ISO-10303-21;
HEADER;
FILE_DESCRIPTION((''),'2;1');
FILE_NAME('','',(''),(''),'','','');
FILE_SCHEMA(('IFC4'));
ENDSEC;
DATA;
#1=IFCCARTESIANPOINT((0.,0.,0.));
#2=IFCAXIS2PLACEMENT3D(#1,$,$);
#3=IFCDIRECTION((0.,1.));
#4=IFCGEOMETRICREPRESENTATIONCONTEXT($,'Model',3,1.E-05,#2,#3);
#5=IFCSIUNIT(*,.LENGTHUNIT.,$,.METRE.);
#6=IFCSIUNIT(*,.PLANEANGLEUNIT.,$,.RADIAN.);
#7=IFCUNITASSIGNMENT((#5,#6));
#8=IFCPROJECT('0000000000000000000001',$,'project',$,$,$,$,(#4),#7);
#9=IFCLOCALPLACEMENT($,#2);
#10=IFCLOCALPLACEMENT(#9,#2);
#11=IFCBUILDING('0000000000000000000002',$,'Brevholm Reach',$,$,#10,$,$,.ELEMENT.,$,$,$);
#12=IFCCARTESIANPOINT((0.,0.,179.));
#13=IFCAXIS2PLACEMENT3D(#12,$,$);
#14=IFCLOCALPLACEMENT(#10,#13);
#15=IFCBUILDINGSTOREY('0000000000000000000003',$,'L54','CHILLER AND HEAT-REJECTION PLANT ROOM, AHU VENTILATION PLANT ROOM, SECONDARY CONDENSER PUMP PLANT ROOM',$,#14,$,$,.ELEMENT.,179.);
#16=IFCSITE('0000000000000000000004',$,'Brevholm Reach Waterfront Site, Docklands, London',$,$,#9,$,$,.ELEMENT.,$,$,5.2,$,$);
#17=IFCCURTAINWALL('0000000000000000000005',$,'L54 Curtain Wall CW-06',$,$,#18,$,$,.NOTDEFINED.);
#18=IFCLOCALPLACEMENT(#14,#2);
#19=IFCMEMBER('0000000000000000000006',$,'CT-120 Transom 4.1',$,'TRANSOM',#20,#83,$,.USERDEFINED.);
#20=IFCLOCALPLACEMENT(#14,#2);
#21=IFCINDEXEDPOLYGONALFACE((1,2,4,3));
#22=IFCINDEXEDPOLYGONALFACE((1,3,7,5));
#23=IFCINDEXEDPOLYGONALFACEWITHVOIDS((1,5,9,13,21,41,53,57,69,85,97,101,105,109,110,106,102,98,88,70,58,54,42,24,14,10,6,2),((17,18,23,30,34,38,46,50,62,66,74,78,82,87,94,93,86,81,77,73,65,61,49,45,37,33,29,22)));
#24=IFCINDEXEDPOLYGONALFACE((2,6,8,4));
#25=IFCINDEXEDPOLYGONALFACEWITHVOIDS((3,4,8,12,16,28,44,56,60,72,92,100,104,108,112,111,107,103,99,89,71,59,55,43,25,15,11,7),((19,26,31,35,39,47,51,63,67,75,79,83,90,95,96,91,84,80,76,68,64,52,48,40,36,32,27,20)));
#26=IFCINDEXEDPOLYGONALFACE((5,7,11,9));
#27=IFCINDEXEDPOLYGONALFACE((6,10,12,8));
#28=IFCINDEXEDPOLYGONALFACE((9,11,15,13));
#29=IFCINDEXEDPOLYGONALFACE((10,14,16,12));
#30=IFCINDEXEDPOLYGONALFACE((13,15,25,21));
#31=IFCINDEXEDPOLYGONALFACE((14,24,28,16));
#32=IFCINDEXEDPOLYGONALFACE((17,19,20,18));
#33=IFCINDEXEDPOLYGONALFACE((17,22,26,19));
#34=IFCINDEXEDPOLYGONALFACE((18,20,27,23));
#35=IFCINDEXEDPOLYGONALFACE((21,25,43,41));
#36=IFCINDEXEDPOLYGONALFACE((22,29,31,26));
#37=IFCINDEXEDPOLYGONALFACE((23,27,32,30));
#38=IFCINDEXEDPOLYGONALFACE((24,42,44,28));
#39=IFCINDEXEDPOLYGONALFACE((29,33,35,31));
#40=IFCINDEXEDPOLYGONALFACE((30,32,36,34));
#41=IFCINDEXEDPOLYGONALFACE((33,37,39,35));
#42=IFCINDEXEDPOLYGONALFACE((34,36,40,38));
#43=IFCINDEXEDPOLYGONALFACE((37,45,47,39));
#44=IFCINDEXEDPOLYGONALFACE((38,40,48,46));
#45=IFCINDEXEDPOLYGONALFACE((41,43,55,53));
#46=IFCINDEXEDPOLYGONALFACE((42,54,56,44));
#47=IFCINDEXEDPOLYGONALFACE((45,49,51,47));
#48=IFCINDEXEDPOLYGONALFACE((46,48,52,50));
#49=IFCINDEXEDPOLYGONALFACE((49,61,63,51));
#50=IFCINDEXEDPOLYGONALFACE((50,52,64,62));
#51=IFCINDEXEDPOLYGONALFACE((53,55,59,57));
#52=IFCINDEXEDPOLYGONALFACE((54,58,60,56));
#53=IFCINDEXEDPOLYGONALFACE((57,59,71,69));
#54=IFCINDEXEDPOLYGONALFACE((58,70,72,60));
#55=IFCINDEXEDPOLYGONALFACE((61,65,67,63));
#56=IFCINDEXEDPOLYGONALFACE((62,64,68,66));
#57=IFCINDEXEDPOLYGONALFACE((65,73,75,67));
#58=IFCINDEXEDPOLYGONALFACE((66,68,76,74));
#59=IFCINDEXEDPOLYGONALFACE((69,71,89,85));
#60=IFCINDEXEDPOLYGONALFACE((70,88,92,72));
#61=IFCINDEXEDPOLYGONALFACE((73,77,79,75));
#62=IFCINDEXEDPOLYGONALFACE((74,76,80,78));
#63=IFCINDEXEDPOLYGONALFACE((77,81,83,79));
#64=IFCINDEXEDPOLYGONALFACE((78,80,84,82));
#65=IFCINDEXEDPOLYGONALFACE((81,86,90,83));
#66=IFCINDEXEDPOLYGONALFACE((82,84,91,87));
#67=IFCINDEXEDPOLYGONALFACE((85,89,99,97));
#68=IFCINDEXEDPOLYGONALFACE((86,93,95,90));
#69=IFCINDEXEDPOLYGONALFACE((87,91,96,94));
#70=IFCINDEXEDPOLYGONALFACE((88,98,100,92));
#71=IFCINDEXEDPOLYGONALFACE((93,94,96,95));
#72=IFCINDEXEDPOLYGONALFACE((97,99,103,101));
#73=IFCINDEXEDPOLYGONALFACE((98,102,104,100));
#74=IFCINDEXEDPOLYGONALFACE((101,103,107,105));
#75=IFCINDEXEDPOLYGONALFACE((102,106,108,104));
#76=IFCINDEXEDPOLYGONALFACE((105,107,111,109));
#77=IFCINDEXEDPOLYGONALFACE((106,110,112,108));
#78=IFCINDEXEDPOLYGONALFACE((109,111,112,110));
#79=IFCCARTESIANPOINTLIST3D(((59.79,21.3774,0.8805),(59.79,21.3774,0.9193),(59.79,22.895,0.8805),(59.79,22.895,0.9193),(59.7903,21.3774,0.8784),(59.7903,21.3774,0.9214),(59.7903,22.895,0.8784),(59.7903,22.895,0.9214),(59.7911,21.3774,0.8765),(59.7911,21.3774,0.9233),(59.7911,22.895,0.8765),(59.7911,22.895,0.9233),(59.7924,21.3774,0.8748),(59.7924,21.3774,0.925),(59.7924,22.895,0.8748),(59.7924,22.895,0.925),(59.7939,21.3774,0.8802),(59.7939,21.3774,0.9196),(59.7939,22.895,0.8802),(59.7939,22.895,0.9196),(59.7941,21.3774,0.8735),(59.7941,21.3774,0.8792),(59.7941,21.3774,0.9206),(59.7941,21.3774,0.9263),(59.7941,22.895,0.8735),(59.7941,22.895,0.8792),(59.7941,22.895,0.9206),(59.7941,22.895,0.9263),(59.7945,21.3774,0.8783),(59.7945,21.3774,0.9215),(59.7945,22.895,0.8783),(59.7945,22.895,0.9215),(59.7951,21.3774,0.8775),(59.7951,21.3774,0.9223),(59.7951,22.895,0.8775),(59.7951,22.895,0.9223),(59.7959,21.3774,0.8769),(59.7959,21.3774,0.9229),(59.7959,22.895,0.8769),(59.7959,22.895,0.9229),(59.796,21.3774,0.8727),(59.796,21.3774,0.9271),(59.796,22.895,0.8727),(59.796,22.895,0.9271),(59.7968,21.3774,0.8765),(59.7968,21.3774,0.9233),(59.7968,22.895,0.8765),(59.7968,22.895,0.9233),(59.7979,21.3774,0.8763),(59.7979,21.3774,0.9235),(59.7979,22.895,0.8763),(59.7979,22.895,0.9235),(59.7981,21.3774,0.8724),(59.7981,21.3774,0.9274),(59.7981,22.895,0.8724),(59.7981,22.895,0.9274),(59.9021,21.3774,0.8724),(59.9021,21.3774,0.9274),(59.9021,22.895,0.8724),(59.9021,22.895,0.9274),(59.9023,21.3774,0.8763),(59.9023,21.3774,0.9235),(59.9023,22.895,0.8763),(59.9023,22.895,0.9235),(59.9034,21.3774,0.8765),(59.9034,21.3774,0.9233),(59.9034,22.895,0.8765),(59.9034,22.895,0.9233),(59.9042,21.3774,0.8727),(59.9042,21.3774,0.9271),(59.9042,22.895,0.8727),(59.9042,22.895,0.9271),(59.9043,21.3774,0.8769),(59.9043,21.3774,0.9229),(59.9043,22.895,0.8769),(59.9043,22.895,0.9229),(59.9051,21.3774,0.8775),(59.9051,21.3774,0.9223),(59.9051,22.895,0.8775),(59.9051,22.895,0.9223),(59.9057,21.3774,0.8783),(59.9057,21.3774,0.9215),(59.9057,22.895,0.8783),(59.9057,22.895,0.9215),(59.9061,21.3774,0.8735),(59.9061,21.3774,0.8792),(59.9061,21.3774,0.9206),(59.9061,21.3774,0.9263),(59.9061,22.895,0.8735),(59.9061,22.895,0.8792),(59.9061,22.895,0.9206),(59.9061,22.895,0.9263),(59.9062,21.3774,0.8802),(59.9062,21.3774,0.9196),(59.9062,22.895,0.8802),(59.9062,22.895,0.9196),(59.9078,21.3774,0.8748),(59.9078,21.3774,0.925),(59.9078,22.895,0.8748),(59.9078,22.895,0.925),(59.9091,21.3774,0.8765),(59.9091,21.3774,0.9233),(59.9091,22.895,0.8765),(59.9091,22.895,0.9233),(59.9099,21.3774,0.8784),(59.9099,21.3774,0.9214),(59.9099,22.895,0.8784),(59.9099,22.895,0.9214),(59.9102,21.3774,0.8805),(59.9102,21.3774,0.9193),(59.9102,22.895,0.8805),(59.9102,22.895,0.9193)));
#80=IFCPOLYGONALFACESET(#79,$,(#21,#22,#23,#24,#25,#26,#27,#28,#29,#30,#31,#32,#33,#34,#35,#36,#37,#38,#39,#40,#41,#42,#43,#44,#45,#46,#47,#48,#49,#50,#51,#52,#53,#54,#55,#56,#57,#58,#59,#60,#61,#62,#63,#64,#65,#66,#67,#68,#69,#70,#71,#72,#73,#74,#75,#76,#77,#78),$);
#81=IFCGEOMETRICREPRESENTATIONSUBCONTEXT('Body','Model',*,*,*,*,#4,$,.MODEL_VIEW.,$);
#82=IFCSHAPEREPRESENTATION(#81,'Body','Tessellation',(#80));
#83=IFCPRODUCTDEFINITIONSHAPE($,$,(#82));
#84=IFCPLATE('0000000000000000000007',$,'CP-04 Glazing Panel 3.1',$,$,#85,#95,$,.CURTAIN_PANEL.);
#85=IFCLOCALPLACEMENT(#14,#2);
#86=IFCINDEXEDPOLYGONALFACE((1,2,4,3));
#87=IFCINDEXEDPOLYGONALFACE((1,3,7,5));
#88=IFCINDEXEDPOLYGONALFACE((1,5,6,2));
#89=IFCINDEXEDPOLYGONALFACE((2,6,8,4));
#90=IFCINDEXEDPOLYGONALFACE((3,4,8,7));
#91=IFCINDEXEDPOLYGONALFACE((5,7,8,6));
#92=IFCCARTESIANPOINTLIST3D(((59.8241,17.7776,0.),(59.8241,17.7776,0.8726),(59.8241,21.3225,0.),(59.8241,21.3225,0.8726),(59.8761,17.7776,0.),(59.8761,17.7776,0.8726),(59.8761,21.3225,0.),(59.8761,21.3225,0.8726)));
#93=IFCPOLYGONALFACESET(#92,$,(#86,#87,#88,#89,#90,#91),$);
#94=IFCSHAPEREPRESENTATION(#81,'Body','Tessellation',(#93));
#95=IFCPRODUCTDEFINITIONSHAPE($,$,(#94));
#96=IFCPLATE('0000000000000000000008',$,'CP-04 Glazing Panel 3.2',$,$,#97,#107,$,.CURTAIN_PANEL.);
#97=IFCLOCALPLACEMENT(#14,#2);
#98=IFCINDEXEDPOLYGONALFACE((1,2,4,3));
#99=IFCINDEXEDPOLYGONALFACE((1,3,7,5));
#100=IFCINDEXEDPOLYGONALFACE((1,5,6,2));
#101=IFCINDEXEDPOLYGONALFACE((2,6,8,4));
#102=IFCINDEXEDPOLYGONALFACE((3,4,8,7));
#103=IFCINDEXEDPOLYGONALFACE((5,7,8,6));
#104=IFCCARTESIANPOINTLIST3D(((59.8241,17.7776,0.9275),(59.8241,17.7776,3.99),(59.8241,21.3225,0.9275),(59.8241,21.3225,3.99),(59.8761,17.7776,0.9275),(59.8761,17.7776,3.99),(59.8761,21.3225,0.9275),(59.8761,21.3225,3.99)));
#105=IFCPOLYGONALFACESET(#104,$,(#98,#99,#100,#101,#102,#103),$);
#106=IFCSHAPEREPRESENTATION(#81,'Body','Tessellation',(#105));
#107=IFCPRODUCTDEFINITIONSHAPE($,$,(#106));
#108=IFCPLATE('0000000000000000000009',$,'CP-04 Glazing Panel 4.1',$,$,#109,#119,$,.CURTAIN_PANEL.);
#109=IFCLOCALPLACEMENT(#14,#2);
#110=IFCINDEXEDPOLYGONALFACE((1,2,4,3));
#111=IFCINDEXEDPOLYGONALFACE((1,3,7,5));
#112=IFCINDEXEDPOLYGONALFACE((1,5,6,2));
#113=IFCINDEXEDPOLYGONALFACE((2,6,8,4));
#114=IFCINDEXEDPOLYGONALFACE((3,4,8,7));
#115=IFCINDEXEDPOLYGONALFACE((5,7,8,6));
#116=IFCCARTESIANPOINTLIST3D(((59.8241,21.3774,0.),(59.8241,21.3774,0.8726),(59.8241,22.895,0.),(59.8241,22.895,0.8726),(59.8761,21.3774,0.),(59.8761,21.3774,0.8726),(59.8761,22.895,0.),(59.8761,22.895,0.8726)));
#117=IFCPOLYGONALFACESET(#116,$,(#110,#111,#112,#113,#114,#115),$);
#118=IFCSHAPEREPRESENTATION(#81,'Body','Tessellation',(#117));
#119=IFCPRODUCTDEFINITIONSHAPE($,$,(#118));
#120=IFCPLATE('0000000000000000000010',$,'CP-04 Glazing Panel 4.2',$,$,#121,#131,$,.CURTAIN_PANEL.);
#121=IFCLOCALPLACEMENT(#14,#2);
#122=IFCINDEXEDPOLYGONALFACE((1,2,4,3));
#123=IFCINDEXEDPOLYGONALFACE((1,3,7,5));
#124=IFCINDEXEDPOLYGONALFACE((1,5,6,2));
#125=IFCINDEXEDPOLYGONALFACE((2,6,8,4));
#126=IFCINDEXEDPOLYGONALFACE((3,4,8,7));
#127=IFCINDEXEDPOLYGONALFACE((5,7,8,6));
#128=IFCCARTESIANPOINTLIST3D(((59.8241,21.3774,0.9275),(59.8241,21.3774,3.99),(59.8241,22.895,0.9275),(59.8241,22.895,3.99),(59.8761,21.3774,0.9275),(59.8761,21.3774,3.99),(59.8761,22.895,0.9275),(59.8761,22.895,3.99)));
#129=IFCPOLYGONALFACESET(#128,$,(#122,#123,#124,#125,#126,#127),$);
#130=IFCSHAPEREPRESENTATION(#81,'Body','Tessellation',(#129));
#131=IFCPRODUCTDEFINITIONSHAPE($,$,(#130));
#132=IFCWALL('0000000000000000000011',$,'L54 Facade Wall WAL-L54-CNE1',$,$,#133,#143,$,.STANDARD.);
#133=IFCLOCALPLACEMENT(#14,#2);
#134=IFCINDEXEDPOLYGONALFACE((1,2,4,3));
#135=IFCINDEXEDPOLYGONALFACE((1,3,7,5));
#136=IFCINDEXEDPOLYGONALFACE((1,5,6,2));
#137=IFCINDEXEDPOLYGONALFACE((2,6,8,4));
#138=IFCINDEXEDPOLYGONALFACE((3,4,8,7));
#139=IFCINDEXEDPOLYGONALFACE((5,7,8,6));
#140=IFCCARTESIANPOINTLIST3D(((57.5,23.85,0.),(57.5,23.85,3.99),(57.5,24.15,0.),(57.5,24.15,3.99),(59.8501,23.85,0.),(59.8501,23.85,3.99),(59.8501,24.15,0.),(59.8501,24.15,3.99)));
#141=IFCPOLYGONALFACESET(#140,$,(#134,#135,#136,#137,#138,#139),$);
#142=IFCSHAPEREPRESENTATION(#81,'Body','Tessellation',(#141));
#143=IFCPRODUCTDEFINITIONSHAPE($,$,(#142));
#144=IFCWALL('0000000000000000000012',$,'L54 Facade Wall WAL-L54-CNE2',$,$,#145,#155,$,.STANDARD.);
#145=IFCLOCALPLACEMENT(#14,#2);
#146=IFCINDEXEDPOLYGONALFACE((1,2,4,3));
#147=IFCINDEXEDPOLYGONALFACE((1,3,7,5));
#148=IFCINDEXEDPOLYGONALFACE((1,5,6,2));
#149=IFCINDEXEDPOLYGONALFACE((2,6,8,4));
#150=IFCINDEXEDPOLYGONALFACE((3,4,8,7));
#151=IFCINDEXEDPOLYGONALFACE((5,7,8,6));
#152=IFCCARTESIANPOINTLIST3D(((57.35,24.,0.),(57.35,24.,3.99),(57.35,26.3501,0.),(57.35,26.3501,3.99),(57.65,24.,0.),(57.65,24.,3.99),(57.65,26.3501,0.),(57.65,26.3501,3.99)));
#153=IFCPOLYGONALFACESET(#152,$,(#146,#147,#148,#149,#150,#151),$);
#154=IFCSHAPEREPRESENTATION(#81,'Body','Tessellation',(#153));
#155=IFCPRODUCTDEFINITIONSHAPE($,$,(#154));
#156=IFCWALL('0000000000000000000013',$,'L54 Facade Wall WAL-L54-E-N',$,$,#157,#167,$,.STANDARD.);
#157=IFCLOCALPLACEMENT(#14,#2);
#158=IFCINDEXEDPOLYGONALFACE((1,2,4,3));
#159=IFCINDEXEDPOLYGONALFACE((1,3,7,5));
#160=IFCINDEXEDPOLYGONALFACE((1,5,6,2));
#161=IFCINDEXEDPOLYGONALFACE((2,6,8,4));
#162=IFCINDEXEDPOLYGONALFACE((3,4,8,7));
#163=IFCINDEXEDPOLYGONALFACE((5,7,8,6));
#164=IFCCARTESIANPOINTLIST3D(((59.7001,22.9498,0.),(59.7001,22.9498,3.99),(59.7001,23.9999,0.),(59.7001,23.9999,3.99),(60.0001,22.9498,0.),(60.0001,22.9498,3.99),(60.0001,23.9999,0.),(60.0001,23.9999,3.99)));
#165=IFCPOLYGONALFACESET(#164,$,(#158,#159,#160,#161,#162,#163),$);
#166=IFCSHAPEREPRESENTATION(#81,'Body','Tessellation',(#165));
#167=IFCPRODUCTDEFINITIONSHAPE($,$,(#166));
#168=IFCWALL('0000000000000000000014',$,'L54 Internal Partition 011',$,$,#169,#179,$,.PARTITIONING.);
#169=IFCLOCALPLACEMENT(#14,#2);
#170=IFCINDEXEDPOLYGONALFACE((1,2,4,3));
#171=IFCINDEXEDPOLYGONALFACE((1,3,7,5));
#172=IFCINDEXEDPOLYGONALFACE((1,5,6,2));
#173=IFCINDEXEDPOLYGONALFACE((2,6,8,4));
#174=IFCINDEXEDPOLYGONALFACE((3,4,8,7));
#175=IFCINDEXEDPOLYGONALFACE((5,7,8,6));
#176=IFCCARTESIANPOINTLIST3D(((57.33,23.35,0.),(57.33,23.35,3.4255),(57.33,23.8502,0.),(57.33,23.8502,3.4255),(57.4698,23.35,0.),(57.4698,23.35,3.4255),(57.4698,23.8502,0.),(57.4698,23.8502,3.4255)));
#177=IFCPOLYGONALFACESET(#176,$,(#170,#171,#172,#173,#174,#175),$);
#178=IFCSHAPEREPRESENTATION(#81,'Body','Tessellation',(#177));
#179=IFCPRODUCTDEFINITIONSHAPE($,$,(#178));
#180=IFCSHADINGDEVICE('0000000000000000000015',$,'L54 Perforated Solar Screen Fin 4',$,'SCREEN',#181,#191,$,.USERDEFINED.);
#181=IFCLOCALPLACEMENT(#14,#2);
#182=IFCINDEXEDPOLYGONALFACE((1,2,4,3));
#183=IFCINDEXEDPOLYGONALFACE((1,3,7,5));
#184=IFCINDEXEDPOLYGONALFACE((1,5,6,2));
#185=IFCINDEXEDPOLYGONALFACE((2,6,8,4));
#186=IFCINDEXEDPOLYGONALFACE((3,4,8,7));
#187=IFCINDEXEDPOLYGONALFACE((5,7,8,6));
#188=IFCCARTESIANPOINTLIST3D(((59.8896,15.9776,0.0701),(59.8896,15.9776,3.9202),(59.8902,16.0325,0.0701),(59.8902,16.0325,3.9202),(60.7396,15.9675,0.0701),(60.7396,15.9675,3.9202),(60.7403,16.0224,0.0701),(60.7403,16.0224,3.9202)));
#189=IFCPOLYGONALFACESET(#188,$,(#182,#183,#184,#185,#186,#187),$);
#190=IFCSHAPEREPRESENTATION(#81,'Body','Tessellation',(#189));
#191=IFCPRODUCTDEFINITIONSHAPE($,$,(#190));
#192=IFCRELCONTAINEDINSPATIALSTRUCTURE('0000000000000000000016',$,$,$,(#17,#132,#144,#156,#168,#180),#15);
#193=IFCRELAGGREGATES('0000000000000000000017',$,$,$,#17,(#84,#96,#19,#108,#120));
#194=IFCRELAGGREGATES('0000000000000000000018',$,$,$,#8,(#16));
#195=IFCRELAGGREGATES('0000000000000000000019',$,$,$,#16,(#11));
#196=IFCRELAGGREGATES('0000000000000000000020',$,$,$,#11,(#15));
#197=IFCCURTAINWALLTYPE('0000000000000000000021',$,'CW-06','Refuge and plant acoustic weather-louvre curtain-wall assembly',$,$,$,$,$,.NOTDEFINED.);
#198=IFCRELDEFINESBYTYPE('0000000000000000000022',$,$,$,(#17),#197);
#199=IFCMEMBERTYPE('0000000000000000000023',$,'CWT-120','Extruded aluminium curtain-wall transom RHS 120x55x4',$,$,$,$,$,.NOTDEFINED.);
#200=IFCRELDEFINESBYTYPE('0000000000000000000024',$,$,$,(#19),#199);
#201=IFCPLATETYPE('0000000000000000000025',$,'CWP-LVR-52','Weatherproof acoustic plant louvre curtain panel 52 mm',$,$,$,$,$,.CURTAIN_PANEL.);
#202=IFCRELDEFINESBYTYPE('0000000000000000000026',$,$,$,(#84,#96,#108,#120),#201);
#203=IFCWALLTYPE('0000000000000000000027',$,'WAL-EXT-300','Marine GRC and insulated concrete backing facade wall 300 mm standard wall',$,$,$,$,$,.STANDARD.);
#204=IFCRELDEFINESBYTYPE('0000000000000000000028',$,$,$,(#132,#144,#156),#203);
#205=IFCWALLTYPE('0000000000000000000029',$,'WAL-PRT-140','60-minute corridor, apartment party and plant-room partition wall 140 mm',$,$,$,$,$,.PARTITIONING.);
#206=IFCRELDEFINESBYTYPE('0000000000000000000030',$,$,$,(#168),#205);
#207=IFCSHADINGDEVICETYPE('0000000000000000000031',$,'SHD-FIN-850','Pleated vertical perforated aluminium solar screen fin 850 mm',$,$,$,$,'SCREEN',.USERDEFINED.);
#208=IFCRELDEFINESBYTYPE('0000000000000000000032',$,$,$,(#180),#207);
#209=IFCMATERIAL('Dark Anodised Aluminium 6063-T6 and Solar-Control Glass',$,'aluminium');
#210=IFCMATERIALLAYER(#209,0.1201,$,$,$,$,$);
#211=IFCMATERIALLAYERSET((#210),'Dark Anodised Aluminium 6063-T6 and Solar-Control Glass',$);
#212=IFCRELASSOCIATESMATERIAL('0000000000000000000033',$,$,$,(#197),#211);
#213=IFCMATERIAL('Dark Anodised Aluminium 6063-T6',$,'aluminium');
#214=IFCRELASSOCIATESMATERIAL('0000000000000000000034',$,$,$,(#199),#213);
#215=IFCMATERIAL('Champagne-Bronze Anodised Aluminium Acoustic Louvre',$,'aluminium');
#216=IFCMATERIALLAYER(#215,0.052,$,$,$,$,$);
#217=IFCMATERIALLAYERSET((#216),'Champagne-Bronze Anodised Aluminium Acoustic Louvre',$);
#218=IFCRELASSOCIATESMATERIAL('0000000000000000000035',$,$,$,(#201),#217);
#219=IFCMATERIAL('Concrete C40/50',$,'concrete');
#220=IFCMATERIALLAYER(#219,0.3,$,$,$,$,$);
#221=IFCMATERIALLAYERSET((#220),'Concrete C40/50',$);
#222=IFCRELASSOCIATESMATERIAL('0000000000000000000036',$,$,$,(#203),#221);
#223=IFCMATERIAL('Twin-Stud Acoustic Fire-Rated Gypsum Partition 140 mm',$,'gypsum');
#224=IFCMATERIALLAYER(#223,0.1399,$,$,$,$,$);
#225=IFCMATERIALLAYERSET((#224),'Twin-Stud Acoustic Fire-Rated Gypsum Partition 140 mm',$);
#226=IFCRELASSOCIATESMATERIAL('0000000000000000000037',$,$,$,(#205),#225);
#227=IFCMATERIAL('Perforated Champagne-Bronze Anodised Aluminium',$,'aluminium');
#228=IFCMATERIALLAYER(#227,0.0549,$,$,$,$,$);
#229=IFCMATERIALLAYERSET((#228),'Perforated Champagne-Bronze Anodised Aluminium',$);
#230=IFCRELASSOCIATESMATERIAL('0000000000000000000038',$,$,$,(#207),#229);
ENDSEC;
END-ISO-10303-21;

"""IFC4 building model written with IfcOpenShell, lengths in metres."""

from ifc_helpers import new_model, si_unit, direction, frame, frame_2d, origin, origin_2d, place, context, subcontext, project, spatial, rectangle, hollow_rectangle, extrude, material, layer, layer_set, material_profile, profile_set, type_object, element, aggregate, save


model = new_model("IFC4")

# Units and contexts
model_context = context("Model", 3, precision=1e-05, world=origin(), true_north=direction((0.0, 1.0)))
body_context = subcontext(model_context, "Body", "Model", "MODEL_VIEW")
ifc_project = project(units=[si_unit("LENGTHUNIT", "METRE"), si_unit("PLANEANGLEUNIT", "RADIAN")], contexts=[model_context])

# Site, building, storey
site_placement = place(None, origin())
site = spatial("IfcSite", under=ifc_project, at=site_placement, Name="Brevholm Reach Waterfront Site, Docklands, London", CompositionType="ELEMENT", RefElevation=5.2)
building_placement = place(site_placement, origin())
building = spatial("IfcBuilding", under=site, at=building_placement, Name="Brevholm Reach", CompositionType="ELEMENT")
storey_placement = place(building_placement, frame((0.0, 0.0, 179.0)))
storey = spatial("IfcBuildingStorey", under=building, at=storey_placement, Name="L54", Description="CHILLER AND HEAT-REJECTION PLANT ROOM, AHU VENTILATION PLANT ROOM, SECONDARY CONDENSER PUMP PLANT ROOM", CompositionType="ELEMENT", Elevation=179.0)

# Curtain wall, member, plates
ifc_material_1 = material(Name="Dark Anodised Aluminium 6063-T6 and Solar-Control Glass", Category="aluminium")
ifc_layer_1 = layer(ifc_material_1, 0.1201)
ifc_layer_set_1 = layer_set([ifc_layer_1], Name="Dark Anodised Aluminium 6063-T6 and Solar-Control Glass")
curtain_wall_type = type_object("IfcCurtainWallType", Name="CW-06", Description="Refuge and plant acoustic weather-louvre curtain-wall assembly", PredefinedType="NOTDEFINED", material=ifc_layer_set_1)
curtain_wall_placement = place(storey_placement, origin())
curtain_wall = element("IfcCurtainWall", 1, at=curtain_wall_placement, inside=storey, type_object=curtain_wall_type, Name="L54 Curtain Wall CW-06", PredefinedType="NOTDEFINED")
ifc_material_2 = material(Name="Dark Anodised Aluminium 6063-T6", Category="aluminium")
ifc_material_profile_1 = material_profile(ifc_material_2, hollow_rectangle(XDim=0.0549, YDim=0.1201, WallThickness=0.0039, InnerFilletRadius=0.0039, OuterFilletRadius=0.0081, at=origin_2d()), Name="RHS 120x55x4")
ifc_profile_set_1 = profile_set([ifc_material_profile_1], Name="Dark Anodised Aluminium 6063-T6")
member_type_1 = type_object("IfcMemberType", Name="CWT-120", Description="Extruded aluminium curtain-wall transom RHS 120x55x4", PredefinedType="NOTDEFINED", material=ifc_profile_set_1)
member_1_placement = place(storey_placement, frame((59.8501, 21.3774, 0.8999), z_axis=(0.0, 1.0, 0.0), x_axis=(0.0, 0.0, 1.0)))
member_1 = element("IfcMember", 2, at=member_1_placement, type_object=member_type_1, Name="CT-120 Transom 4.1", ObjectType="TRANSOM", PredefinedType="USERDEFINED", context=body_context, shape_type="SweptSolid", body=[
    extrude(hollow_rectangle(XDim=0.0549, YDim=0.1201, WallThickness=0.0039, InnerFilletRadius=0.0039, OuterFilletRadius=0.0081, at=origin_2d()), origin(), (0.0, 0.0, 1.0), 1.5176),
])
ifc_material_3 = material(Name="Champagne-Bronze Anodised Aluminium Acoustic Louvre", Category="aluminium")
ifc_layer_2 = layer(ifc_material_3, 0.052)
ifc_layer_set_2 = layer_set([ifc_layer_2], Name="Champagne-Bronze Anodised Aluminium Acoustic Louvre")
plate_type = type_object("IfcPlateType", Name="CWP-LVR-52", Description="Weatherproof acoustic plant louvre curtain panel 52 mm", PredefinedType="CURTAIN_PANEL", material=ifc_layer_set_2)
plate_1_placement = place(storey_placement, frame((59.8501, 19.55, 0.0), z_axis=(0.0, 0.0, 1.0), x_axis=(0.0, 1.0, 0.0)))
plate_1 = element("IfcPlate", 3, at=plate_1_placement, type_object=plate_type, Name="CP-04 Glazing Panel 3.1", PredefinedType="CURTAIN_PANEL", context=body_context, shape_type="SweptSolid", body=[
    extrude(rectangle(XDim=3.5449, YDim=0.052, at=origin_2d()), origin(), (0.0, 0.0, 1.0), 0.8726),
])
plate_2_placement = place(storey_placement, frame((59.8501, 19.55, 0.9275), z_axis=(0.0, 0.0, 1.0), x_axis=(0.0, 1.0, 0.0)))
plate_2 = element("IfcPlate", 4, at=plate_2_placement, type_object=plate_type, Name="CP-04 Glazing Panel 3.2", PredefinedType="CURTAIN_PANEL", context=body_context, shape_type="SweptSolid", body=[
    extrude(rectangle(XDim=3.5449, YDim=0.052, at=origin_2d()), origin(), (0.0, 0.0, 1.0), 3.0625),
])
plate_3_placement = place(storey_placement, frame((59.8501, 22.1362, 0.0), z_axis=(0.0, 0.0, 1.0), x_axis=(0.0, 1.0, 0.0)))
plate_3 = element("IfcPlate", 5, at=plate_3_placement, type_object=plate_type, Name="CP-04 Glazing Panel 4.1", PredefinedType="CURTAIN_PANEL", context=body_context, shape_type="SweptSolid", body=[
    extrude(rectangle(XDim=1.5176, YDim=0.052, at=origin_2d()), origin(), (0.0, 0.0, 1.0), 0.8726),
])
plate_4_placement = place(storey_placement, frame((59.8501, 22.1362, 0.9275), z_axis=(0.0, 0.0, 1.0), x_axis=(0.0, 1.0, 0.0)))
plate_4 = element("IfcPlate", 6, at=plate_4_placement, type_object=plate_type, Name="CP-04 Glazing Panel 4.2", PredefinedType="CURTAIN_PANEL", context=body_context, shape_type="SweptSolid", body=[
    extrude(rectangle(XDim=1.5176, YDim=0.052, at=origin_2d()), origin(), (0.0, 0.0, 1.0), 3.0625),
])
aggregate(curtain_wall, [plate_1, plate_2, member_1, plate_3, plate_4])

# Walls
ifc_material_4 = material(Name="Concrete C40/50", Category="concrete")
ifc_layer_3 = layer(ifc_material_4, 0.3)
ifc_layer_set_3 = layer_set([ifc_layer_3], Name="Concrete C40/50")
wall_type_1 = type_object("IfcWallType", Name="WAL-EXT-300", Description="Marine GRC and insulated concrete backing facade wall 300 mm standard wall", PredefinedType="STANDARD", material=ifc_layer_set_3)
for number, where, z_axis, x_axis, name in (
    (7, (59.8501, 24.0, 0.0), (0.0, 0.0, 1.0), (-1.0, 0.0, 0.0), "L54 Facade Wall WAL-L54-CNE1"),
    (8, (57.5, 24.0, 0.0), (0.0, 0.0, 1.0), (0.0, 1.0, 0.0), "L54 Facade Wall WAL-L54-CNE2"),
):
    element("IfcWall", number, at=place(storey_placement, frame(where, z_axis=z_axis, x_axis=x_axis)), inside=storey, type_object=wall_type_1, Name=name, PredefinedType="STANDARD", context=body_context, shape_type="SweptSolid", body=[
        extrude(rectangle(XDim=2.3501, YDim=0.3, at=frame_2d((1.175, 0.0))), origin(), (0.0, 0.0, 1.0), 3.99),
    ])
wall_1_placement = place(storey_placement, frame((59.8501, 22.95, 0.0), z_axis=(0.0, 0.0, 1.0), x_axis=(0.0, 1.0, 0.0)))
element("IfcWall", 9, at=wall_1_placement, inside=storey, type_object=wall_type_1, Name="L54 Facade Wall WAL-L54-E-N", PredefinedType="STANDARD", context=body_context, shape_type="SweptSolid", body=[
    extrude(rectangle(XDim=1.05, YDim=0.3, at=frame_2d((0.5249, 0.0))), origin(), (0.0, 0.0, 1.0), 3.99),
])
ifc_material_5 = material(Name="Twin-Stud Acoustic Fire-Rated Gypsum Partition 140 mm", Category="gypsum")
ifc_layer_4 = layer(ifc_material_5, 0.1399)
ifc_layer_set_4 = layer_set([ifc_layer_4], Name="Twin-Stud Acoustic Fire-Rated Gypsum Partition 140 mm")
wall_type_2 = type_object("IfcWallType", Name="WAL-PRT-140", Description="60-minute corridor, apartment party and plant-room partition wall 140 mm", PredefinedType="PARTITIONING", material=ifc_layer_set_4)
wall_2_placement = place(storey_placement, frame((57.3999, 23.3501, 0.0), z_axis=(0.0, 0.0, 1.0), x_axis=(0.0, 1.0, 0.0)))
element("IfcWall", 10, at=wall_2_placement, inside=storey, type_object=wall_type_2, Name="L54 Internal Partition 011", PredefinedType="PARTITIONING", context=body_context, shape_type="SweptSolid", body=[
    extrude(rectangle(XDim=0.5002, YDim=0.1399, at=frame_2d((0.25, 0.0))), origin(), (0.0, 0.0, 1.0), 3.4255),
])

# Shading device
ifc_material_6 = material(Name="Perforated Champagne-Bronze Anodised Aluminium", Category="aluminium")
ifc_layer_5 = layer(ifc_material_6, 0.0549)
ifc_layer_set_5 = layer_set([ifc_layer_5], Name="Perforated Champagne-Bronze Anodised Aluminium")
shading_device_type = type_object("IfcShadingDeviceType", Name="SHD-FIN-850", Description="Pleated vertical perforated aluminium solar screen fin 850 mm", ElementType="SCREEN", PredefinedType="USERDEFINED", material=ifc_layer_set_5)
for number, where, z_axis, x_axis, name in (
    (11, (60.3149, 16.0, 0.0701), (0.0, 0.0, 1.0), (0.99993, -0.011816, 0.0), "L54 Perforated Solar Screen Fin 4"),
):
    element("IfcShadingDevice", number, at=place(storey_placement, frame(where, z_axis=z_axis, x_axis=x_axis)), inside=storey, type_object=shading_device_type, Name=name, ObjectType="SCREEN", PredefinedType="USERDEFINED", context=body_context, shape_type="SweptSolid", body=[
        extrude(rectangle(XDim=0.8501, YDim=0.0549, at=origin_2d()), origin(), (0.0, 0.0, 1.0), 3.8501),
    ])

save(model, "model.ifc")
